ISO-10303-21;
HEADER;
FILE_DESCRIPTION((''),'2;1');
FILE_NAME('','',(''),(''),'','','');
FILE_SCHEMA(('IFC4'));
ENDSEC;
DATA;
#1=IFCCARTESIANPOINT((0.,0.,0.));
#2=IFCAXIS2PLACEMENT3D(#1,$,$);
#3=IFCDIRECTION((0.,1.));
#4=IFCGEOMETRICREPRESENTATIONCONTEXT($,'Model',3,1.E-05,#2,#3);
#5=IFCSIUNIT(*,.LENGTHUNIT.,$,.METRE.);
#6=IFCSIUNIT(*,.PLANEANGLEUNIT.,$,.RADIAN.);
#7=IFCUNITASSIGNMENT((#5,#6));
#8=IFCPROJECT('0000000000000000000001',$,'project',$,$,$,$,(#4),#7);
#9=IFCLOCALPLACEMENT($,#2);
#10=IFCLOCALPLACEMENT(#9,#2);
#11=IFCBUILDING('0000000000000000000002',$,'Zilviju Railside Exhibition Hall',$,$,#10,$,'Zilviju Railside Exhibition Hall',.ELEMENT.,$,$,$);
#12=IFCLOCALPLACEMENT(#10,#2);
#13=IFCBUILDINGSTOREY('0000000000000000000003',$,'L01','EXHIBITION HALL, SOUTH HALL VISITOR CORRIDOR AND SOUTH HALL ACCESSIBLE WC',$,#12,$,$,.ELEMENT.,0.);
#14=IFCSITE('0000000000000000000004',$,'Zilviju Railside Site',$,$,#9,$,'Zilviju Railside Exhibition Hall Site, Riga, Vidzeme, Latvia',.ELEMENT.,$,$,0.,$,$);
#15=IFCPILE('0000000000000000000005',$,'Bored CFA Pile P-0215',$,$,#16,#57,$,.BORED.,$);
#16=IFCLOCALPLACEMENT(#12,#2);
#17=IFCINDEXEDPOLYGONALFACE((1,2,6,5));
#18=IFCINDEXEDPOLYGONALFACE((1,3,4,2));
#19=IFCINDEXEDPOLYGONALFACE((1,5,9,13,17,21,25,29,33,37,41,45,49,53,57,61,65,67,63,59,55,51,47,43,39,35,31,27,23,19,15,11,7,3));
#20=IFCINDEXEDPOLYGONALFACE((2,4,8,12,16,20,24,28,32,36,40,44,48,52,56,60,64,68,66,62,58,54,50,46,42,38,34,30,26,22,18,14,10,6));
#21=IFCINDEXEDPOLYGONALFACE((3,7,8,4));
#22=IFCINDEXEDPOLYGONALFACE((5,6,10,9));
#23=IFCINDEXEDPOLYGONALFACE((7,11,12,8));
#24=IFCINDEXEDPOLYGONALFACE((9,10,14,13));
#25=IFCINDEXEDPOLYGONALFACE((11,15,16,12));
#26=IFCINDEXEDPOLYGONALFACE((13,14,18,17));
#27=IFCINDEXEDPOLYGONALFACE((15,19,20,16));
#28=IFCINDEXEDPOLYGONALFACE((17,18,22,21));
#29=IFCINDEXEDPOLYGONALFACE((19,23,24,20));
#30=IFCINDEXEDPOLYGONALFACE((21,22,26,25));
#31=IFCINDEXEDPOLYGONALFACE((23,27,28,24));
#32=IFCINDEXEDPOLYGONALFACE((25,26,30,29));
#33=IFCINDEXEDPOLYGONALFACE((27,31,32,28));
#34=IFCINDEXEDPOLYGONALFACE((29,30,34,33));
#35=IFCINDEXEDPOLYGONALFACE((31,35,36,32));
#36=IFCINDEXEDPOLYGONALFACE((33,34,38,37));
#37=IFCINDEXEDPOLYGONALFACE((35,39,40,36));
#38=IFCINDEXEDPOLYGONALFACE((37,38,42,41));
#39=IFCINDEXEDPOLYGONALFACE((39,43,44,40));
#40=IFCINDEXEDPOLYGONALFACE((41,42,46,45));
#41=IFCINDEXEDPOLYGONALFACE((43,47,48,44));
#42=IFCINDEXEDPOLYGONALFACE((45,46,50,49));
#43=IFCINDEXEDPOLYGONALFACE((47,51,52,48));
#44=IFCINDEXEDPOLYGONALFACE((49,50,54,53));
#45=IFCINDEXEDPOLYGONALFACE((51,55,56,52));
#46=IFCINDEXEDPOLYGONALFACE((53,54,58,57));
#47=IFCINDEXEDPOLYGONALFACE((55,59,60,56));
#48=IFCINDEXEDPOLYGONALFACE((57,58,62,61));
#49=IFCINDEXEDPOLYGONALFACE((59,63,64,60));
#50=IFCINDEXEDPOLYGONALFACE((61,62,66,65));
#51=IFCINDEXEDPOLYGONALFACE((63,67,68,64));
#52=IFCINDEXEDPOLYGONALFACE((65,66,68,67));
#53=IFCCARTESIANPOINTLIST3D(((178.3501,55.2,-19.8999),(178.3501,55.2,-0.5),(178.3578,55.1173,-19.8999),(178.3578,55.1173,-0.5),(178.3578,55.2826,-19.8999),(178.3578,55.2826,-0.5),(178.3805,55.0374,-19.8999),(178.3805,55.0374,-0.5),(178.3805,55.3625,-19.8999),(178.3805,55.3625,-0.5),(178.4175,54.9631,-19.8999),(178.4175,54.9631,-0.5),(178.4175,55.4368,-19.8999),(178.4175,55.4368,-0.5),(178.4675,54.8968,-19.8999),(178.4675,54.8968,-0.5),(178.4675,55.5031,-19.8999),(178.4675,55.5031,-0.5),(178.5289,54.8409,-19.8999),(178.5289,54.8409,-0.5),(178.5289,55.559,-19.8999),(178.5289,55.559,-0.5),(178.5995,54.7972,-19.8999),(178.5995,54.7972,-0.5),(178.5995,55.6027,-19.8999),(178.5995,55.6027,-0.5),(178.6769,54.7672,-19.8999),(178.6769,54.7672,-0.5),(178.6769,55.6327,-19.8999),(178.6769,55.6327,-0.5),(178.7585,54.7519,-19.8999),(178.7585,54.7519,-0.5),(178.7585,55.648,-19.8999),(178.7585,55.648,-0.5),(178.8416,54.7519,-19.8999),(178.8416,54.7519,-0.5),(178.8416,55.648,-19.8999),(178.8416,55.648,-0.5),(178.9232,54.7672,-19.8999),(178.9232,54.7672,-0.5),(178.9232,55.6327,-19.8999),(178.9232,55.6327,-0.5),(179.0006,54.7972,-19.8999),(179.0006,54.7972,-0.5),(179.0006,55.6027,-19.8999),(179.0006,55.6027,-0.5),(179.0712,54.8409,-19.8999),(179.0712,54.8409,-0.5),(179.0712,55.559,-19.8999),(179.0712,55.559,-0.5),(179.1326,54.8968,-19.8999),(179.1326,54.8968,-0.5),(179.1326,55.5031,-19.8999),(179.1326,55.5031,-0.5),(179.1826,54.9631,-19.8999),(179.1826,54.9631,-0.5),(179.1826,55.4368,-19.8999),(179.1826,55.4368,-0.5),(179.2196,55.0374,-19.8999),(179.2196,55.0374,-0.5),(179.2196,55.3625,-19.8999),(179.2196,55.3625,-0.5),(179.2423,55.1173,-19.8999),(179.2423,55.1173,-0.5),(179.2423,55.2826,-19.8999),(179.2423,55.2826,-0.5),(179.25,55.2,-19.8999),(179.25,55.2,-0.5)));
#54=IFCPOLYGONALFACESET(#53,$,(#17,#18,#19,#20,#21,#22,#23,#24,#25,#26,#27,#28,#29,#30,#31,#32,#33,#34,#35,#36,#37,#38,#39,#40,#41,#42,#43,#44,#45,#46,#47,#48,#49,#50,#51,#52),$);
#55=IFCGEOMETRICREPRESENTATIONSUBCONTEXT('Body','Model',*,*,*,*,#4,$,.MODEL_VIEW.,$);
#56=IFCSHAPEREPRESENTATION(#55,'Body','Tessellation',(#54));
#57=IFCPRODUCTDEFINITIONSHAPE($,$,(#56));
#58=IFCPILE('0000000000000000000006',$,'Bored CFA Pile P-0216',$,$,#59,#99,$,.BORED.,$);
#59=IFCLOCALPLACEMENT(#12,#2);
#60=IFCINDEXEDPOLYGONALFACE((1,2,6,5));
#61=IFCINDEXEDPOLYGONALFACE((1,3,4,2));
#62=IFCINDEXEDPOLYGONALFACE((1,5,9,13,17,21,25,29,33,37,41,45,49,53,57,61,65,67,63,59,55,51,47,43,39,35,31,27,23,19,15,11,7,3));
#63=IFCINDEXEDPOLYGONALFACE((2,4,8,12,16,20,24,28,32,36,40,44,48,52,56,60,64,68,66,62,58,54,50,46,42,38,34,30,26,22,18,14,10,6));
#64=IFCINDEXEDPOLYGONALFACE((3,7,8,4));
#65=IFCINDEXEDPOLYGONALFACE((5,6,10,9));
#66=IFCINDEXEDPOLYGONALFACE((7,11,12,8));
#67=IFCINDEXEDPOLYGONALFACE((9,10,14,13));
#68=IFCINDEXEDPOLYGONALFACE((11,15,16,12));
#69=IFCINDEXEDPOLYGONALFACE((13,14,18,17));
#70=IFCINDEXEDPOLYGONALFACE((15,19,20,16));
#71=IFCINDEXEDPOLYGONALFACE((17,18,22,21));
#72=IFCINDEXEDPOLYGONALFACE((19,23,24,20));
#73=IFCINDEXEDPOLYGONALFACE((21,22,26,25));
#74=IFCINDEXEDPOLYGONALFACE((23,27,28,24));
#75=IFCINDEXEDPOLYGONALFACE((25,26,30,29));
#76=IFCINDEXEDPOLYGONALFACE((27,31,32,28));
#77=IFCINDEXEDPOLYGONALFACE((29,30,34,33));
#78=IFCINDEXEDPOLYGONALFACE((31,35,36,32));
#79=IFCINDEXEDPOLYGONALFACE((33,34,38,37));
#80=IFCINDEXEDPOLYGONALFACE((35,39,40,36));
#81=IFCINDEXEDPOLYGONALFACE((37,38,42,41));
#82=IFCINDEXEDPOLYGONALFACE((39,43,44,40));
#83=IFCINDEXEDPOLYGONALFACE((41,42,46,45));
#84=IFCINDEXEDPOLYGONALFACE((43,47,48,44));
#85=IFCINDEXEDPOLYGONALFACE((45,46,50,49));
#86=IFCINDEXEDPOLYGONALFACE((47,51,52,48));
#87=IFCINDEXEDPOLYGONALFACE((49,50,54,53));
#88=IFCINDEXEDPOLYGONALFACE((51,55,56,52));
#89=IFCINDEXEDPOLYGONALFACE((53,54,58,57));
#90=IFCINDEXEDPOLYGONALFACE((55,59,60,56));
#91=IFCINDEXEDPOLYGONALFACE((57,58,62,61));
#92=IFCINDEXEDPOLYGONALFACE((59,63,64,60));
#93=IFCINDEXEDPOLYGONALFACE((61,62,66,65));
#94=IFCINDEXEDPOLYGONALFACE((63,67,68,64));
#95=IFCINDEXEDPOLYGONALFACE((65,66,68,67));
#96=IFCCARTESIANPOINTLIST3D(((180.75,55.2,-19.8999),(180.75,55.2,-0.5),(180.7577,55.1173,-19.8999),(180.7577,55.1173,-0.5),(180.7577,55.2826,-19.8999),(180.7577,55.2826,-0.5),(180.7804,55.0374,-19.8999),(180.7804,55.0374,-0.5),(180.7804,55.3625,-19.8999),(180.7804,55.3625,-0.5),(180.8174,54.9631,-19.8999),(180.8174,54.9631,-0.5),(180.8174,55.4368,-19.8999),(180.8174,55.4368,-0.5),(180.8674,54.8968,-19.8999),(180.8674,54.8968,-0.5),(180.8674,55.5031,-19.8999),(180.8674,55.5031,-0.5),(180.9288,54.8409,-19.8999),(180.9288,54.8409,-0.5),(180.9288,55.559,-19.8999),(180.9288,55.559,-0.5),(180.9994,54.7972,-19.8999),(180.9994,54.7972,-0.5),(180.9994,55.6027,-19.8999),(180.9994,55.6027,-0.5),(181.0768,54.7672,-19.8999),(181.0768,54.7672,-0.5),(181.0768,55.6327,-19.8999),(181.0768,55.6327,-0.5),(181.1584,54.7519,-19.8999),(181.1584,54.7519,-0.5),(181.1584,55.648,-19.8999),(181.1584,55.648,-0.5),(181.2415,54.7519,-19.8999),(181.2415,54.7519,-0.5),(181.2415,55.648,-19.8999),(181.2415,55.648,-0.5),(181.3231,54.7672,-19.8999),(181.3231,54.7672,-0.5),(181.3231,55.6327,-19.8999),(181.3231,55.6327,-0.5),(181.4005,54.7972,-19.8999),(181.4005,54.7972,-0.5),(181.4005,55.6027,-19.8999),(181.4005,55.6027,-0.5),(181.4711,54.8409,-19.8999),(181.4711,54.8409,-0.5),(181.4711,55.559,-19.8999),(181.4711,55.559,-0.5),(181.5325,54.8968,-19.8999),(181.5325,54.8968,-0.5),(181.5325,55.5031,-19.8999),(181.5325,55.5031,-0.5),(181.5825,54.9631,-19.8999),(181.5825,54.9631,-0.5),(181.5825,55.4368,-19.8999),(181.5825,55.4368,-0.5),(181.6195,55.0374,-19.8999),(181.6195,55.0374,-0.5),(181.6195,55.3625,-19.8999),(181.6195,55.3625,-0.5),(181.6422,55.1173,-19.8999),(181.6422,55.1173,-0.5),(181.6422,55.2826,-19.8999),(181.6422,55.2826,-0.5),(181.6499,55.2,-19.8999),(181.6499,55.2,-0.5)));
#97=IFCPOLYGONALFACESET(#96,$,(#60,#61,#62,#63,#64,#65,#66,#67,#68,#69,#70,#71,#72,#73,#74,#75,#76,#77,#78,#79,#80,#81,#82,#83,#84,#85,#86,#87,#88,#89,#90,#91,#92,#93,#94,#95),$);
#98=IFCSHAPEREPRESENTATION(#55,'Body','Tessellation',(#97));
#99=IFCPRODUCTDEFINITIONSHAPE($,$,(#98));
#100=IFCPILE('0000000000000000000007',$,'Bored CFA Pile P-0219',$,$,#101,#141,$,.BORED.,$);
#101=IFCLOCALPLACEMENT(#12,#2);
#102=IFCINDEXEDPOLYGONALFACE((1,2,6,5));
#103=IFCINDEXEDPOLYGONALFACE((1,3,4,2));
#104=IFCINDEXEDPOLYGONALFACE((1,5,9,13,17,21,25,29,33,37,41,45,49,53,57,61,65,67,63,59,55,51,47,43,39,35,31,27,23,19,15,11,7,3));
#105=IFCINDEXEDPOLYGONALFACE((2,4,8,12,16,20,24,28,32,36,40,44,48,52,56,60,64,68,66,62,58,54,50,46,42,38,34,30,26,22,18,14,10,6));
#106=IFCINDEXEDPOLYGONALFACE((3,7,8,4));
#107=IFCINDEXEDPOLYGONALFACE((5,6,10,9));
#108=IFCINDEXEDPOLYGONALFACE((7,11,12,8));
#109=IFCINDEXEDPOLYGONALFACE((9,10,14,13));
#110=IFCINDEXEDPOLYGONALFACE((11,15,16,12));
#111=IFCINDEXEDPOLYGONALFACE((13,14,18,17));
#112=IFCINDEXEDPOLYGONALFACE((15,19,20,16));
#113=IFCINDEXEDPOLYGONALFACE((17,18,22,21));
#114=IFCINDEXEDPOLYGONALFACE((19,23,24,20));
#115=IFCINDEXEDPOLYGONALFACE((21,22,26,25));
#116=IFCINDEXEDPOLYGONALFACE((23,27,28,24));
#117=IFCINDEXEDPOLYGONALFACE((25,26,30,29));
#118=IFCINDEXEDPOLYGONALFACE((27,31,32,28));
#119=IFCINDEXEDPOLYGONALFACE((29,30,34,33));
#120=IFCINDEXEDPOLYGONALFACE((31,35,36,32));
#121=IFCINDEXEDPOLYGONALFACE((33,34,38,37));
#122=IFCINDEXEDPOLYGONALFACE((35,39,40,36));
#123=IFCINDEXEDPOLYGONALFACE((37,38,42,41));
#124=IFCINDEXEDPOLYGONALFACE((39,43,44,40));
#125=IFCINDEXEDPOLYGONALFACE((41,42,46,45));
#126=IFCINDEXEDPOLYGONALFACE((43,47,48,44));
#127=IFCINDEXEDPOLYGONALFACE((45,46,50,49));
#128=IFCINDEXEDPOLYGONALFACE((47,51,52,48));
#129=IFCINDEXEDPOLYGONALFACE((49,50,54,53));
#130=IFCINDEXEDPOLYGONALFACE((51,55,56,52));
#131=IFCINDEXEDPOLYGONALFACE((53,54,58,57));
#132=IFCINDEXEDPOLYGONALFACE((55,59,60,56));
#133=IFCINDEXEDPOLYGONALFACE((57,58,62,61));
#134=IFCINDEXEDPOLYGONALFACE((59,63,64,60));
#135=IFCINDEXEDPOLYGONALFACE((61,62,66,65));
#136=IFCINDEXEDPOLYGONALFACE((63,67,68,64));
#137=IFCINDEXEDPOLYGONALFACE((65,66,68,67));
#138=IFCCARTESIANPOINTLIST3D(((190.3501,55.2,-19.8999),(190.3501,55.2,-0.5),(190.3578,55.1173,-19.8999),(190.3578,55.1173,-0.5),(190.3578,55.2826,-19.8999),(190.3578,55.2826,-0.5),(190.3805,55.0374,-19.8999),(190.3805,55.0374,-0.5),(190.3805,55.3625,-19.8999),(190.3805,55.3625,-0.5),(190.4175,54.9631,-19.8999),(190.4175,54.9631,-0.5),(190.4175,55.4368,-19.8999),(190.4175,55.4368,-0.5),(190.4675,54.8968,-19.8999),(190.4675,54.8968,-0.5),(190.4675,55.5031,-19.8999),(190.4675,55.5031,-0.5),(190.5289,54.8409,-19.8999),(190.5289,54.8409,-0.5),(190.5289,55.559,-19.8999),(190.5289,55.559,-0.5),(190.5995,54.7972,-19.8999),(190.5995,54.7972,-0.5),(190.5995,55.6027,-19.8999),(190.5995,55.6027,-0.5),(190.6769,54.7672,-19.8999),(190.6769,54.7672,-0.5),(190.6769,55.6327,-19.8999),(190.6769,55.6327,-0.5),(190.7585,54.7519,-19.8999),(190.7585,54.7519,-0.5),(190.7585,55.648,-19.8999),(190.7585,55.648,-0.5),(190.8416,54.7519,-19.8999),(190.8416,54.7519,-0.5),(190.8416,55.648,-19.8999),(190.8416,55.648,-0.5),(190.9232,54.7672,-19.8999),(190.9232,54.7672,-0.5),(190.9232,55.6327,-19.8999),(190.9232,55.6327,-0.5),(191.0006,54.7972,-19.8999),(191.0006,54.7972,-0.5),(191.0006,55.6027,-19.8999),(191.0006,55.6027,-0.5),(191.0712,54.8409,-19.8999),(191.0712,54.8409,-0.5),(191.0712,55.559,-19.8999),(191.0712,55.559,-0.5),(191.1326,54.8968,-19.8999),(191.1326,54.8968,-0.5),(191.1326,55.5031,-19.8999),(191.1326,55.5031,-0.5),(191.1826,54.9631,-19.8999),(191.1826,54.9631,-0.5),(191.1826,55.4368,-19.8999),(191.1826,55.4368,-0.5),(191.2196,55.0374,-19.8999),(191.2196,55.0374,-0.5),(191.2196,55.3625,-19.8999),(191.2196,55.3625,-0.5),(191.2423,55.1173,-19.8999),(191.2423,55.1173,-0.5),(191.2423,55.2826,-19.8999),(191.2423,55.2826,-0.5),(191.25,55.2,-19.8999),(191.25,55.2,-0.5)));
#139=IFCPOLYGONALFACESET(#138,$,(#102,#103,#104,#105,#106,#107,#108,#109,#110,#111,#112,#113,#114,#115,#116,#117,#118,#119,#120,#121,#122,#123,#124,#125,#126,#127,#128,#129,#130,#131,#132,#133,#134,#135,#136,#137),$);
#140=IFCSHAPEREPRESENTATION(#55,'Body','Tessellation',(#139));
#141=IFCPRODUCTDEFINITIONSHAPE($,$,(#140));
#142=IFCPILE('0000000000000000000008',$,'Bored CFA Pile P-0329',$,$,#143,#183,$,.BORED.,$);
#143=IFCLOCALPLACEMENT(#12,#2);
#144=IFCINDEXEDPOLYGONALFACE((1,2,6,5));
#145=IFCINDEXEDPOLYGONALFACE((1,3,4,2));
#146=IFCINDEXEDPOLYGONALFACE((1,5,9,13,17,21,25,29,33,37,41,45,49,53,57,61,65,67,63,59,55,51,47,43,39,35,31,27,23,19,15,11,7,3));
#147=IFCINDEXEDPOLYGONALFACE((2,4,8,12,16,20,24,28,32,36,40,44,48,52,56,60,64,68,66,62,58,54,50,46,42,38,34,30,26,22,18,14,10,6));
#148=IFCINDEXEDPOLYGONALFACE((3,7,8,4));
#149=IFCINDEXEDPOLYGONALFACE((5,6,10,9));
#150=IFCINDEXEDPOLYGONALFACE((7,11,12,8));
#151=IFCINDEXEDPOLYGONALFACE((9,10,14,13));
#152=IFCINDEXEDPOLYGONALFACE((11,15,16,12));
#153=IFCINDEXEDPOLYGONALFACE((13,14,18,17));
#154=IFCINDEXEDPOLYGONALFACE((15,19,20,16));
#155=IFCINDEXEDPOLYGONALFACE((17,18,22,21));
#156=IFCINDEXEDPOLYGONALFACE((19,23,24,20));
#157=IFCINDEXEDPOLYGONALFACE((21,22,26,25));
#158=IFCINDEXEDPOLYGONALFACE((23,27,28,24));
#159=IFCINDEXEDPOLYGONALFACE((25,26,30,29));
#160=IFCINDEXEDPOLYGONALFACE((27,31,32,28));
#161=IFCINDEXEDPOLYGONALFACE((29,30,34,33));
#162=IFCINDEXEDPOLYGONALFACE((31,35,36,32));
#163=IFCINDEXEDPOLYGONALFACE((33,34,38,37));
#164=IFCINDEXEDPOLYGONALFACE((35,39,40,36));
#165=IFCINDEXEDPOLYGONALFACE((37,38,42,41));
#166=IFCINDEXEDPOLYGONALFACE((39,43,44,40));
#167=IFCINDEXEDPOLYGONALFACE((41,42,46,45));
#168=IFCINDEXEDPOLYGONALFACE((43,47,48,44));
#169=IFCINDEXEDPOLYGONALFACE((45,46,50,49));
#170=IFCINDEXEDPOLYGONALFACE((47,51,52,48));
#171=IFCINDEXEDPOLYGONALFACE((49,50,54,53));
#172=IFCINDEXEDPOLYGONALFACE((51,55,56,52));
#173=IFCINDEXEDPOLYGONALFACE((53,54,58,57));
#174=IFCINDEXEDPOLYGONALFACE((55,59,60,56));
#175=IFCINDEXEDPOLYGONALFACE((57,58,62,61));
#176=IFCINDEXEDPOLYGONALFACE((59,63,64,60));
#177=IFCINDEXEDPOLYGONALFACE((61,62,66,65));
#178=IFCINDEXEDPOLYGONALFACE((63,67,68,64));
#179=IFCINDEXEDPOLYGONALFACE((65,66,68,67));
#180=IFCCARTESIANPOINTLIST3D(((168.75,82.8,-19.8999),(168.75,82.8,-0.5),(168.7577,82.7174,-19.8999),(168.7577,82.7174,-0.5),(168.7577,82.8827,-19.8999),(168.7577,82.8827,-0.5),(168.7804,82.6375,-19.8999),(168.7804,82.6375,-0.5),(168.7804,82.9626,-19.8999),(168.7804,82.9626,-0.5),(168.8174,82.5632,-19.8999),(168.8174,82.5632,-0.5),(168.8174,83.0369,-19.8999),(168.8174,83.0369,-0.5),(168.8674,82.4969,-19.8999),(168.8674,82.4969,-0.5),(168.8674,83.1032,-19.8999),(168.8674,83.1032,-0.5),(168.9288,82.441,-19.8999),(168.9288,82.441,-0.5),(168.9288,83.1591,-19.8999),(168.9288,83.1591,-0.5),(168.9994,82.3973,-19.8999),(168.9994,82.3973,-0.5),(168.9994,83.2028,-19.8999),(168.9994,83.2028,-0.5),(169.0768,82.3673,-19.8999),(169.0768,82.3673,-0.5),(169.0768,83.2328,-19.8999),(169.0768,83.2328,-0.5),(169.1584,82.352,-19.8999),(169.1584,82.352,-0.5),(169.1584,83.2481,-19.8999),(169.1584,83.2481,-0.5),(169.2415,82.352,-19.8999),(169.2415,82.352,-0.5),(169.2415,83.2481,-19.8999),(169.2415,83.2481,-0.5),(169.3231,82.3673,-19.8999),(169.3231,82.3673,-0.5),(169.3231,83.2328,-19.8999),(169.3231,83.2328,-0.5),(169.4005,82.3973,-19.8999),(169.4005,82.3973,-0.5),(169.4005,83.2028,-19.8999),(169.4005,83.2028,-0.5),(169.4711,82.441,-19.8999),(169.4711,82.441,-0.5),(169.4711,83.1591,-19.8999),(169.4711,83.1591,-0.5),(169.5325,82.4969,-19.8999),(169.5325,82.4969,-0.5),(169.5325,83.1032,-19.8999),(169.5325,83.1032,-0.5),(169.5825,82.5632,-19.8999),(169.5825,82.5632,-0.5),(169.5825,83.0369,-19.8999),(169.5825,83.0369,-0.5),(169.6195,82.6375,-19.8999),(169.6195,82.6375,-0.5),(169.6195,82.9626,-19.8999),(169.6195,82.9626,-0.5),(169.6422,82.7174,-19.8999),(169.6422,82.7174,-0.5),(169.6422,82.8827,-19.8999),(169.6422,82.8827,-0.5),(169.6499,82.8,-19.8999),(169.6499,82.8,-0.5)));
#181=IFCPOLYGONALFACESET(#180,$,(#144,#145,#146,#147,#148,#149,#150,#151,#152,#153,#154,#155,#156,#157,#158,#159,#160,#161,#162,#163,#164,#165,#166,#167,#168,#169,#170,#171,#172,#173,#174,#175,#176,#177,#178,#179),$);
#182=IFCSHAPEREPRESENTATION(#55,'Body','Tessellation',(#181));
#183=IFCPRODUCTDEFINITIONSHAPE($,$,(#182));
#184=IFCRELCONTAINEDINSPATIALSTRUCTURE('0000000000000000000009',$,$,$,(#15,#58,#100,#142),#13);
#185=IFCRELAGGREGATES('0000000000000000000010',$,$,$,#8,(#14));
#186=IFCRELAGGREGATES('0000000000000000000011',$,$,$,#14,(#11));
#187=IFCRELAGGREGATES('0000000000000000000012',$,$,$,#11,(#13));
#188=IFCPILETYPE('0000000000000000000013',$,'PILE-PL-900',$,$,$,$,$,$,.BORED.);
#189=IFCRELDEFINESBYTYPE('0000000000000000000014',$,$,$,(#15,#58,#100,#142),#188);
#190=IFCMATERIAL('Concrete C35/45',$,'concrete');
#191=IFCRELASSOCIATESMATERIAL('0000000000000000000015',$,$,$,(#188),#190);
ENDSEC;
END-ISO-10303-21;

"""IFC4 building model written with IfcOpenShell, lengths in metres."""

from ifc_helpers import new_model, si_unit, direction, frame, origin, origin_2d, place, context, subcontext, project, spatial, circle, extrude, material, material_profile, profile_set, type_object, element, save


model = new_model("IFC4")

# Units and contexts
model_context = context("Model", 3, precision=1e-05, world=origin(), true_north=direction((0.0, 1.0)))
body_context = subcontext(model_context, "Body", "Model", "MODEL_VIEW")
ifc_project = project(units=[si_unit("LENGTHUNIT", "METRE"), si_unit("PLANEANGLEUNIT", "RADIAN")], contexts=[model_context])

# Site, building, storey
site_placement = place(None, origin())
site = spatial("IfcSite", under=ifc_project, at=site_placement, Name="Zilviju Railside Site", LongName="Zilviju Railside Exhibition Hall Site, Riga, Vidzeme, Latvia", CompositionType="ELEMENT", RefElevation=0.0)
building_placement = place(site_placement, origin())
building = spatial("IfcBuilding", under=site, at=building_placement, Name="Zilviju Railside Exhibition Hall", LongName="Zilviju Railside Exhibition Hall", CompositionType="ELEMENT")
storey_placement = place(building_placement, origin())
storey = spatial("IfcBuildingStorey", under=building, at=storey_placement, Name="L01", Description="EXHIBITION HALL, SOUTH HALL VISITOR CORRIDOR AND SOUTH HALL ACCESSIBLE WC", CompositionType="ELEMENT", Elevation=0.0)

# Shared definitions
ifc_material_1 = material(Name="Concrete C35/45", Category="concrete")

# Piles
ifc_material_profile_1 = material_profile(ifc_material_1, circle(Radius=0.45, at=origin_2d()), Name="CFA PILE D900")
ifc_profile_set_1 = profile_set([ifc_material_profile_1], Name="Concrete C35/45")
pile_type = type_object("IfcPileType", Name="PILE-PL-900", PredefinedType="BORED", material=ifc_profile_set_1)
for number, where, z_axis, x_axis, name in (
    (1, (178.8, 55.2, -0.5), (0.0, 0.0, -1.0), (1.0, 0.0, 0.0), "Bored CFA Pile P-0215"),
    (2, (181.2, 55.2, -0.5), (0.0, 0.0, -1.0), (1.0, 0.0, 0.0), "Bored CFA Pile P-0216"),
    (3, (190.8, 55.2, -0.5), (0.0, 0.0, -1.0), (1.0, 0.0, 0.0), "Bored CFA Pile P-0219"),
    (4, (169.2, 82.8, -0.5), (0.0, 0.0, -1.0), (1.0, 0.0, 0.0), "Bored CFA Pile P-0329"),
):
    element("IfcPile", number, at=place(storey_placement, frame(where, z_axis=z_axis, x_axis=x_axis)), inside=storey, type_object=pile_type, Name=name, PredefinedType="BORED", context=body_context, shape_type="SweptSolid", body=[
        extrude(circle(Radius=0.45, at=origin_2d()), origin(), (0.0, 0.0, 1.0), 19.3999),
    ])

save(model, "model.ifc")
